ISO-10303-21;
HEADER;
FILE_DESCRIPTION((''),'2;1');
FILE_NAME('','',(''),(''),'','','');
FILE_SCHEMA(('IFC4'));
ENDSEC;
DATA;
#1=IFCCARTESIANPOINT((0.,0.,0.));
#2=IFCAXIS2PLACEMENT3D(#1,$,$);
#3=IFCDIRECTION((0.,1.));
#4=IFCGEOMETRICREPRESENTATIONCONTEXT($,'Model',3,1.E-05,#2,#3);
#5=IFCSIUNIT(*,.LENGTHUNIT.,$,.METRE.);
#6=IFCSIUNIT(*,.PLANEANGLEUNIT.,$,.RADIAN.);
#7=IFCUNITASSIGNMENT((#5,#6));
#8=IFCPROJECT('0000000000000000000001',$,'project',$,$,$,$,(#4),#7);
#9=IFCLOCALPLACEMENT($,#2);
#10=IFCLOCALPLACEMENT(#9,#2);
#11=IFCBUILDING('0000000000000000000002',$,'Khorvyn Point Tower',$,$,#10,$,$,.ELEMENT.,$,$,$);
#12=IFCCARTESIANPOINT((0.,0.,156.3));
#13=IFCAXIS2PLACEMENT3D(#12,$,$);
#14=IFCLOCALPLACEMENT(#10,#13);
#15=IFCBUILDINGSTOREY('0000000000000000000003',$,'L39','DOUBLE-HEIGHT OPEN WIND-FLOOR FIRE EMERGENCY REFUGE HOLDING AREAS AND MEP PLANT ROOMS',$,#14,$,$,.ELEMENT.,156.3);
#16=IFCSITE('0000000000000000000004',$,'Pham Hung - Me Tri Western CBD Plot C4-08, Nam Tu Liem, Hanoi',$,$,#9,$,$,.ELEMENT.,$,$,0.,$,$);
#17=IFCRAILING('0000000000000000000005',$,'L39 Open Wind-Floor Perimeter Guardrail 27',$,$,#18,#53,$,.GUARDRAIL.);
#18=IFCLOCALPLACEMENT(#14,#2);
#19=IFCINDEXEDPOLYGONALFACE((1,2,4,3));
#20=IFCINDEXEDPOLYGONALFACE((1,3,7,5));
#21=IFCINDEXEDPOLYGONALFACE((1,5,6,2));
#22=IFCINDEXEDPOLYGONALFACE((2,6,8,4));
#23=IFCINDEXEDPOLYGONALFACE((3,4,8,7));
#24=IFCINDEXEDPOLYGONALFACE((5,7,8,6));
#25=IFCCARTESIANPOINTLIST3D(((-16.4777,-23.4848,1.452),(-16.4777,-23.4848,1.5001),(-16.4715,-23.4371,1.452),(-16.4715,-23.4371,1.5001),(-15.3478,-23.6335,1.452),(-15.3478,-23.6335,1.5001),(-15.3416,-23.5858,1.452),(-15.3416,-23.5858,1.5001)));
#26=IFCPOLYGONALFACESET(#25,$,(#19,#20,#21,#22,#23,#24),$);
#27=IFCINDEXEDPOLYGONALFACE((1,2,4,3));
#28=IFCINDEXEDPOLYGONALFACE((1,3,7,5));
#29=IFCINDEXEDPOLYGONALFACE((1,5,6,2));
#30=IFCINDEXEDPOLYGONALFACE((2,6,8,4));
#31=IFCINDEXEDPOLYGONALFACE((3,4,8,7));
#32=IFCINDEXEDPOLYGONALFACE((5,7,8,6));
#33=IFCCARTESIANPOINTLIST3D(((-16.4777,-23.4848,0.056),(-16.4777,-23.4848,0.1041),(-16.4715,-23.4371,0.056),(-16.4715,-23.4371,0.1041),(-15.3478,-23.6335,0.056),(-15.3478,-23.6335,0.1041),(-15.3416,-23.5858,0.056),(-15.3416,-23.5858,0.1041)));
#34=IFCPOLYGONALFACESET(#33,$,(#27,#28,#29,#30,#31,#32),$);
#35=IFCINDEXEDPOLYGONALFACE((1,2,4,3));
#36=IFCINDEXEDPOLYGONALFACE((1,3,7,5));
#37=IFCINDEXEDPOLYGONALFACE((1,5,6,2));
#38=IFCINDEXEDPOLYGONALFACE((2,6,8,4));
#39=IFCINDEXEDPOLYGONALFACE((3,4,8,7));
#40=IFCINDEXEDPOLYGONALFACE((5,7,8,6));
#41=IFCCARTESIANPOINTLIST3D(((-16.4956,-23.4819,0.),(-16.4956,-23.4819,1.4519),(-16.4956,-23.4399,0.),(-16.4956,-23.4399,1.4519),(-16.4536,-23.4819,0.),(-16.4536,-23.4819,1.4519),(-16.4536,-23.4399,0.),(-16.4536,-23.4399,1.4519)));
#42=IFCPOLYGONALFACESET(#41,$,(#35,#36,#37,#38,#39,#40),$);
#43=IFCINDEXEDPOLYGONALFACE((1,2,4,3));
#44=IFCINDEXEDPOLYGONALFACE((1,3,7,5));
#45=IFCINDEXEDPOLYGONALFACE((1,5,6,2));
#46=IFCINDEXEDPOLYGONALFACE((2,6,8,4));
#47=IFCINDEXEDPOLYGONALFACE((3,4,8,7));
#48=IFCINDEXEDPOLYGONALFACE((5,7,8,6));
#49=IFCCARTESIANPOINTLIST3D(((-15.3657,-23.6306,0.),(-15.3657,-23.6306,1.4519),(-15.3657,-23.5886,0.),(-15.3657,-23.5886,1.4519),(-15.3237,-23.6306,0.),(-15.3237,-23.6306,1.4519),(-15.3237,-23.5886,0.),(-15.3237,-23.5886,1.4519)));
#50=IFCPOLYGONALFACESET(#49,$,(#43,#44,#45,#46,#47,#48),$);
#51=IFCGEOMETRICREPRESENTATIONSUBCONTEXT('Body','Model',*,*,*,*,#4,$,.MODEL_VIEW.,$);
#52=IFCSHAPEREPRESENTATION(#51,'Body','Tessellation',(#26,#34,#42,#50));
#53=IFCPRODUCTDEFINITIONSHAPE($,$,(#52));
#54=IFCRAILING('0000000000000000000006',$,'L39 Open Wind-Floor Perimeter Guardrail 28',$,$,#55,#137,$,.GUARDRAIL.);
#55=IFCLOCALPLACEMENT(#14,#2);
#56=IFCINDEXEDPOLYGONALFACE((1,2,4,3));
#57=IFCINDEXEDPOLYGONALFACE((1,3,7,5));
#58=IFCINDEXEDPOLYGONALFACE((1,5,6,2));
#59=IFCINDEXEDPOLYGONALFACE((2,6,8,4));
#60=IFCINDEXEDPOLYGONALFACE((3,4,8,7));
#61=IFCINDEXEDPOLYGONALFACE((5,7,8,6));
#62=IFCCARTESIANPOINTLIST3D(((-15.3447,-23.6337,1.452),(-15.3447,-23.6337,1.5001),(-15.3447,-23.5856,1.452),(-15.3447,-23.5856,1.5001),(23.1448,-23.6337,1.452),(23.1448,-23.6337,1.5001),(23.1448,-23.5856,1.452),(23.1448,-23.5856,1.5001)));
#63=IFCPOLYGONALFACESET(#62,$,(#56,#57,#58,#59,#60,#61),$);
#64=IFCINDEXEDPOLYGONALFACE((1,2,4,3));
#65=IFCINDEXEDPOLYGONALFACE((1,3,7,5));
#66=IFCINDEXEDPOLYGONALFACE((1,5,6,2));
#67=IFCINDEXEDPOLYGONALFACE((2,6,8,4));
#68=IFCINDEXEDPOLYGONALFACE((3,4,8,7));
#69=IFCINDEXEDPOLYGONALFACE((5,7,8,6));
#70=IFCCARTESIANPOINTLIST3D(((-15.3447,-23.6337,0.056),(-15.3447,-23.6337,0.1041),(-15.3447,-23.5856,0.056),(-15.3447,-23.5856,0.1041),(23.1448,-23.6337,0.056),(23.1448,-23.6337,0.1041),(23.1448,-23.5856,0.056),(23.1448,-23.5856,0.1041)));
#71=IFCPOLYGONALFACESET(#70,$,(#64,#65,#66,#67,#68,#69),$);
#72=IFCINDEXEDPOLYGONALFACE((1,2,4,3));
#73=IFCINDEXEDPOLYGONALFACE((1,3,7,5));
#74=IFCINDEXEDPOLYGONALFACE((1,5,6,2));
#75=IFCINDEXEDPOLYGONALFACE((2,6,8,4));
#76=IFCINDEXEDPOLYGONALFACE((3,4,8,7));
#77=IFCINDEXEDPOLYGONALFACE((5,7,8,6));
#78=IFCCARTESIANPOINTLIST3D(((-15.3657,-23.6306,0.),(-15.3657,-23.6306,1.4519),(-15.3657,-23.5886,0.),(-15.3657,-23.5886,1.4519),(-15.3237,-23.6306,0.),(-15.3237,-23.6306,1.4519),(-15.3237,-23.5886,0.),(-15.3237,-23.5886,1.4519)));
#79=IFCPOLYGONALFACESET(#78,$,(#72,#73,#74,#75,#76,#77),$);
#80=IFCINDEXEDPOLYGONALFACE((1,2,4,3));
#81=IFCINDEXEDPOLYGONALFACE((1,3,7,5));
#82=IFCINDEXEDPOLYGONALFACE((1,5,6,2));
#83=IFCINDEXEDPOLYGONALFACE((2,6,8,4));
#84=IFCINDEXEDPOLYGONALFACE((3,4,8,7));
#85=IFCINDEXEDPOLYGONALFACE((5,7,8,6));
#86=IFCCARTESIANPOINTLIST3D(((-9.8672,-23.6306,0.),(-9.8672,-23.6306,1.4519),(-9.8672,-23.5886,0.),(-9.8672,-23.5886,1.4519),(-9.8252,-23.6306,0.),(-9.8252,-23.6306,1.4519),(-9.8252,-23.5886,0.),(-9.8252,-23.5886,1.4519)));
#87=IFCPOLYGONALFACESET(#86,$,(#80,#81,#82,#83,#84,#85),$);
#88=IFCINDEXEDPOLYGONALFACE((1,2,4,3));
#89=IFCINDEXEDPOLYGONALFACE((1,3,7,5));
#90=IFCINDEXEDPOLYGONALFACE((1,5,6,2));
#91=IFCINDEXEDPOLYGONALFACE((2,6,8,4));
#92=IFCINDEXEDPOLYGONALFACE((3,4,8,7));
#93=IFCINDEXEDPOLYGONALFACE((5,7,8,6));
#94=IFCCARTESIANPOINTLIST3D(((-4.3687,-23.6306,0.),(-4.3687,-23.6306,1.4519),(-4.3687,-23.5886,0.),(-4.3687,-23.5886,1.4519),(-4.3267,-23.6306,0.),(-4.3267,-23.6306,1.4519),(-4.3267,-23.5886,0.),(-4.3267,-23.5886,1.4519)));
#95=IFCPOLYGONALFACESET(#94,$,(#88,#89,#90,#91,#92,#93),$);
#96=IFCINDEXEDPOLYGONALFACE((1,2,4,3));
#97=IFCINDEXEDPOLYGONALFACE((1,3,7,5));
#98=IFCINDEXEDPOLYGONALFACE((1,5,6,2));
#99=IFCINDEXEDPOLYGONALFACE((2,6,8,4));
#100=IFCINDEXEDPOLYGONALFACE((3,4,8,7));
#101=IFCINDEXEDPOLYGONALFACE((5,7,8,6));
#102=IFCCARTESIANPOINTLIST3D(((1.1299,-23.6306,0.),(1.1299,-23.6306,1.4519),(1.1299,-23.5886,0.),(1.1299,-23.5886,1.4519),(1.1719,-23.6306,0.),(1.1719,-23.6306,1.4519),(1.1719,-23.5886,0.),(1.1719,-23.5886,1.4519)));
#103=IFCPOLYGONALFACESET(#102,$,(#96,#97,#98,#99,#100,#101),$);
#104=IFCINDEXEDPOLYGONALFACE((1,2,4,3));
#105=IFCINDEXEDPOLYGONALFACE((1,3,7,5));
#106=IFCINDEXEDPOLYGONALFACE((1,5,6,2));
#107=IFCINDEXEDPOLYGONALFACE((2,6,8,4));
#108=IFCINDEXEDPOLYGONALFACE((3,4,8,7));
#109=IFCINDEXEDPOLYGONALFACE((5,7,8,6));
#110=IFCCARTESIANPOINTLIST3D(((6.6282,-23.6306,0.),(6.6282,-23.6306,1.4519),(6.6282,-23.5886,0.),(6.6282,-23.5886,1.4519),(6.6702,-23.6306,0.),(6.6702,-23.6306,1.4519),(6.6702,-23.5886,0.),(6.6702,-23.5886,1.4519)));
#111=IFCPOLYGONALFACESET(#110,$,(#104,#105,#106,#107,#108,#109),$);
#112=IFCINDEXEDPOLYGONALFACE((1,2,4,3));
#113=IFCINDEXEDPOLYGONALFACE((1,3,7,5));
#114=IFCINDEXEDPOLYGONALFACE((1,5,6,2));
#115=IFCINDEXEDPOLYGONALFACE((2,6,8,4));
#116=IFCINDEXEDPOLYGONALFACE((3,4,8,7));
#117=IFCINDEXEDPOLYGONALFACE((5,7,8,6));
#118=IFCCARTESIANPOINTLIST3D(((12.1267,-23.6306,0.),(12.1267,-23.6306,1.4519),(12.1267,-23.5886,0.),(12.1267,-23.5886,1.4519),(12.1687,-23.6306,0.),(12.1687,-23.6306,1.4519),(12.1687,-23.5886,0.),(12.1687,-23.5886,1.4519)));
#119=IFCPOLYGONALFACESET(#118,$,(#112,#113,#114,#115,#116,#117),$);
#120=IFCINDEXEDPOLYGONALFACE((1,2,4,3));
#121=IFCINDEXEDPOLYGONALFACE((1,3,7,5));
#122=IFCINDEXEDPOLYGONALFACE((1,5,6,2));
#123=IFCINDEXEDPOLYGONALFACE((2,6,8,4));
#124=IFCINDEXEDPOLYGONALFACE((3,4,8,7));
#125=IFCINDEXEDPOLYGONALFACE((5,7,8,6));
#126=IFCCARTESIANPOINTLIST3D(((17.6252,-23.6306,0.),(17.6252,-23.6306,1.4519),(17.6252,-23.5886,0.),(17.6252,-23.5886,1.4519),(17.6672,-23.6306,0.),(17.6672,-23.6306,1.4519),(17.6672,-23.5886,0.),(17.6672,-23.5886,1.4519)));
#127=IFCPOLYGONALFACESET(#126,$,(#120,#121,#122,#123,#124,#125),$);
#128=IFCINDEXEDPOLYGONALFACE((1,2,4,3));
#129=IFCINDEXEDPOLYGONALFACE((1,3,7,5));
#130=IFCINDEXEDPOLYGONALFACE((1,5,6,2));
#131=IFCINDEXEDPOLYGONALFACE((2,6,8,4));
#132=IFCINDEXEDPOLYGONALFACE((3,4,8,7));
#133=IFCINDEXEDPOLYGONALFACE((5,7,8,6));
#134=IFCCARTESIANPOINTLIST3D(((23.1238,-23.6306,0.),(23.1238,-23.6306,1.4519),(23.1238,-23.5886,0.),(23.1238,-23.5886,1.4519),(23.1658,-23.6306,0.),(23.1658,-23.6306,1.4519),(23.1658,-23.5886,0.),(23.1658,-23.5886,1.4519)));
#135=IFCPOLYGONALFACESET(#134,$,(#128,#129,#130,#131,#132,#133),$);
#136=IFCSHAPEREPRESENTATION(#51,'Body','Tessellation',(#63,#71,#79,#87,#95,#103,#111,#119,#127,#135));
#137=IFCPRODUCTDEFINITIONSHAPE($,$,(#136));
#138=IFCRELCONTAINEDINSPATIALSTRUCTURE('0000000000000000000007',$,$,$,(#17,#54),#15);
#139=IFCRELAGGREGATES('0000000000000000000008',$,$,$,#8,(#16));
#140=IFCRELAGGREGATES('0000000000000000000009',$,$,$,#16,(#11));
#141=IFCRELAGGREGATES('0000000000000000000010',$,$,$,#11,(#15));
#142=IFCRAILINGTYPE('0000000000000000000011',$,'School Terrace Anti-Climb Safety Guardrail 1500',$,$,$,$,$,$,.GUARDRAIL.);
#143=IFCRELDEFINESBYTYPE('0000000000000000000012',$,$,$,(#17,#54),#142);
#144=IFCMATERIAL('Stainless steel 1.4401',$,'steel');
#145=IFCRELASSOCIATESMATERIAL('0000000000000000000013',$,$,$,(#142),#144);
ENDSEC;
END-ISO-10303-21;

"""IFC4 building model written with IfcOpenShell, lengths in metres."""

from ifc_helpers import new_model, si_unit, direction, frame, origin, origin_2d, place, context, subcontext, project, spatial, rectangle, extrude, material, type_object, element, save


model = new_model("IFC4")

# Units and contexts
model_context = context("Model", 3, precision=1e-05, world=origin(), true_north=direction((0.0, 1.0)))
body_context = subcontext(model_context, "Body", "Model", "MODEL_VIEW")
ifc_project = project(units=[si_unit("LENGTHUNIT", "METRE"), si_unit("PLANEANGLEUNIT", "RADIAN")], contexts=[model_context])

# Site, building, storey
site_placement = place(None, origin())
site = spatial("IfcSite", under=ifc_project, at=site_placement, Name="Pham Hung - Me Tri Western CBD Plot C4-08, Nam Tu Liem, Hanoi", CompositionType="ELEMENT", RefElevation=0.0)
building_placement = place(site_placement, origin())
building = spatial("IfcBuilding", under=site, at=building_placement, Name="Khorvyn Point Tower", CompositionType="ELEMENT")
storey_placement = place(building_placement, frame((0.0, 0.0, 156.3)))
storey = spatial("IfcBuildingStorey", under=building, at=storey_placement, Name="L39", Description="DOUBLE-HEIGHT OPEN WIND-FLOOR FIRE EMERGENCY REFUGE HOLDING AREAS AND MEP PLANT ROOMS", CompositionType="ELEMENT", Elevation=156.3)

# Railings
ifc_material_1 = material(Name="Stainless steel 1.4401", Category="steel")
railing_type = type_object("IfcRailingType", Name="School Terrace Anti-Climb Safety Guardrail 1500", PredefinedType="GUARDRAIL", material=ifc_material_1)
railing_1_placement = place(storey_placement, frame((-16.4746, -23.4609, 0.0)))
element("IfcRailing", 1, at=railing_1_placement, inside=storey, type_object=railing_type, Name="L39 Open Wind-Floor Perimeter Guardrail 27", PredefinedType="GUARDRAIL", context=body_context, shape_type="SweptSolid", body=[
    extrude(rectangle(XDim=0.0481, YDim=0.0481, at=origin_2d()), frame((0.0, 0.0, 1.4761), z_axis=(0.991453, -0.130466, 0.0), x_axis=(0.130466, 0.991453, 0.0)), (0.0, 0.0, 1.0), 1.1396),
    extrude(rectangle(XDim=0.0481, YDim=0.0481, at=origin_2d()), frame((0.0, 0.0, 0.0801), z_axis=(0.991453, -0.130466, 0.0), x_axis=(0.130466, 0.991453, 0.0)), (0.0, 0.0, 1.0), 1.1396),
    extrude(rectangle(XDim=0.042, YDim=0.042, at=origin_2d()), origin(), (0.0, 0.0, 1.0), 1.4519),
    extrude(rectangle(XDim=0.042, YDim=0.042, at=origin_2d()), frame((1.1299, -0.1487, 0.0)), (0.0, 0.0, 1.0), 1.4519),
])
railing_2_placement = place(storey_placement, frame((-15.3447, -23.6096, 0.0)))
element("IfcRailing", 2, at=railing_2_placement, inside=storey, type_object=railing_type, Name="L39 Open Wind-Floor Perimeter Guardrail 28", PredefinedType="GUARDRAIL", context=body_context, shape_type="SweptSolid", body=[
    extrude(rectangle(XDim=0.0481, YDim=0.0481, at=origin_2d()), frame((0.0, 0.0, 1.4761), z_axis=(1.0, 0.0, 0.0), x_axis=(0.0, 1.0, 0.0)), (0.0, 0.0, 1.0), 38.4895),
    extrude(rectangle(XDim=0.0481, YDim=0.0481, at=origin_2d()), frame((0.0, 0.0, 0.0801), z_axis=(1.0, 0.0, 0.0), x_axis=(0.0, 1.0, 0.0)), (0.0, 0.0, 1.0), 38.4895),
    extrude(rectangle(XDim=0.042, YDim=0.042, at=origin_2d()), origin(), (0.0, 0.0, 1.0), 1.4519),
    extrude(rectangle(XDim=0.042, YDim=0.042, at=origin_2d()), frame((5.4985, 0.0, 0.0)), (0.0, 0.0, 1.0), 1.4519),
    extrude(rectangle(XDim=0.042, YDim=0.042, at=origin_2d()), frame((10.9971, 0.0, 0.0)), (0.0, 0.0, 1.0), 1.4519),
    extrude(rectangle(XDim=0.042, YDim=0.042, at=origin_2d()), frame((16.4956, 0.0, 0.0)), (0.0, 0.0, 1.0), 1.4519),
    extrude(rectangle(XDim=0.042, YDim=0.042, at=origin_2d()), frame((21.9939, 0.0, 0.0)), (0.0, 0.0, 1.0), 1.4519),
    extrude(rectangle(XDim=0.042, YDim=0.042, at=origin_2d()), frame((27.4924, 0.0, 0.0)), (0.0, 0.0, 1.0), 1.4519),
    extrude(rectangle(XDim=0.042, YDim=0.042, at=origin_2d()), frame((32.991, 0.0, 0.0)), (0.0, 0.0, 1.0), 1.4519),
    extrude(rectangle(XDim=0.042, YDim=0.042, at=origin_2d()), frame((38.4895, 0.0, 0.0)), (0.0, 0.0, 1.0), 1.4519),
])

save(model, "model.ifc")
